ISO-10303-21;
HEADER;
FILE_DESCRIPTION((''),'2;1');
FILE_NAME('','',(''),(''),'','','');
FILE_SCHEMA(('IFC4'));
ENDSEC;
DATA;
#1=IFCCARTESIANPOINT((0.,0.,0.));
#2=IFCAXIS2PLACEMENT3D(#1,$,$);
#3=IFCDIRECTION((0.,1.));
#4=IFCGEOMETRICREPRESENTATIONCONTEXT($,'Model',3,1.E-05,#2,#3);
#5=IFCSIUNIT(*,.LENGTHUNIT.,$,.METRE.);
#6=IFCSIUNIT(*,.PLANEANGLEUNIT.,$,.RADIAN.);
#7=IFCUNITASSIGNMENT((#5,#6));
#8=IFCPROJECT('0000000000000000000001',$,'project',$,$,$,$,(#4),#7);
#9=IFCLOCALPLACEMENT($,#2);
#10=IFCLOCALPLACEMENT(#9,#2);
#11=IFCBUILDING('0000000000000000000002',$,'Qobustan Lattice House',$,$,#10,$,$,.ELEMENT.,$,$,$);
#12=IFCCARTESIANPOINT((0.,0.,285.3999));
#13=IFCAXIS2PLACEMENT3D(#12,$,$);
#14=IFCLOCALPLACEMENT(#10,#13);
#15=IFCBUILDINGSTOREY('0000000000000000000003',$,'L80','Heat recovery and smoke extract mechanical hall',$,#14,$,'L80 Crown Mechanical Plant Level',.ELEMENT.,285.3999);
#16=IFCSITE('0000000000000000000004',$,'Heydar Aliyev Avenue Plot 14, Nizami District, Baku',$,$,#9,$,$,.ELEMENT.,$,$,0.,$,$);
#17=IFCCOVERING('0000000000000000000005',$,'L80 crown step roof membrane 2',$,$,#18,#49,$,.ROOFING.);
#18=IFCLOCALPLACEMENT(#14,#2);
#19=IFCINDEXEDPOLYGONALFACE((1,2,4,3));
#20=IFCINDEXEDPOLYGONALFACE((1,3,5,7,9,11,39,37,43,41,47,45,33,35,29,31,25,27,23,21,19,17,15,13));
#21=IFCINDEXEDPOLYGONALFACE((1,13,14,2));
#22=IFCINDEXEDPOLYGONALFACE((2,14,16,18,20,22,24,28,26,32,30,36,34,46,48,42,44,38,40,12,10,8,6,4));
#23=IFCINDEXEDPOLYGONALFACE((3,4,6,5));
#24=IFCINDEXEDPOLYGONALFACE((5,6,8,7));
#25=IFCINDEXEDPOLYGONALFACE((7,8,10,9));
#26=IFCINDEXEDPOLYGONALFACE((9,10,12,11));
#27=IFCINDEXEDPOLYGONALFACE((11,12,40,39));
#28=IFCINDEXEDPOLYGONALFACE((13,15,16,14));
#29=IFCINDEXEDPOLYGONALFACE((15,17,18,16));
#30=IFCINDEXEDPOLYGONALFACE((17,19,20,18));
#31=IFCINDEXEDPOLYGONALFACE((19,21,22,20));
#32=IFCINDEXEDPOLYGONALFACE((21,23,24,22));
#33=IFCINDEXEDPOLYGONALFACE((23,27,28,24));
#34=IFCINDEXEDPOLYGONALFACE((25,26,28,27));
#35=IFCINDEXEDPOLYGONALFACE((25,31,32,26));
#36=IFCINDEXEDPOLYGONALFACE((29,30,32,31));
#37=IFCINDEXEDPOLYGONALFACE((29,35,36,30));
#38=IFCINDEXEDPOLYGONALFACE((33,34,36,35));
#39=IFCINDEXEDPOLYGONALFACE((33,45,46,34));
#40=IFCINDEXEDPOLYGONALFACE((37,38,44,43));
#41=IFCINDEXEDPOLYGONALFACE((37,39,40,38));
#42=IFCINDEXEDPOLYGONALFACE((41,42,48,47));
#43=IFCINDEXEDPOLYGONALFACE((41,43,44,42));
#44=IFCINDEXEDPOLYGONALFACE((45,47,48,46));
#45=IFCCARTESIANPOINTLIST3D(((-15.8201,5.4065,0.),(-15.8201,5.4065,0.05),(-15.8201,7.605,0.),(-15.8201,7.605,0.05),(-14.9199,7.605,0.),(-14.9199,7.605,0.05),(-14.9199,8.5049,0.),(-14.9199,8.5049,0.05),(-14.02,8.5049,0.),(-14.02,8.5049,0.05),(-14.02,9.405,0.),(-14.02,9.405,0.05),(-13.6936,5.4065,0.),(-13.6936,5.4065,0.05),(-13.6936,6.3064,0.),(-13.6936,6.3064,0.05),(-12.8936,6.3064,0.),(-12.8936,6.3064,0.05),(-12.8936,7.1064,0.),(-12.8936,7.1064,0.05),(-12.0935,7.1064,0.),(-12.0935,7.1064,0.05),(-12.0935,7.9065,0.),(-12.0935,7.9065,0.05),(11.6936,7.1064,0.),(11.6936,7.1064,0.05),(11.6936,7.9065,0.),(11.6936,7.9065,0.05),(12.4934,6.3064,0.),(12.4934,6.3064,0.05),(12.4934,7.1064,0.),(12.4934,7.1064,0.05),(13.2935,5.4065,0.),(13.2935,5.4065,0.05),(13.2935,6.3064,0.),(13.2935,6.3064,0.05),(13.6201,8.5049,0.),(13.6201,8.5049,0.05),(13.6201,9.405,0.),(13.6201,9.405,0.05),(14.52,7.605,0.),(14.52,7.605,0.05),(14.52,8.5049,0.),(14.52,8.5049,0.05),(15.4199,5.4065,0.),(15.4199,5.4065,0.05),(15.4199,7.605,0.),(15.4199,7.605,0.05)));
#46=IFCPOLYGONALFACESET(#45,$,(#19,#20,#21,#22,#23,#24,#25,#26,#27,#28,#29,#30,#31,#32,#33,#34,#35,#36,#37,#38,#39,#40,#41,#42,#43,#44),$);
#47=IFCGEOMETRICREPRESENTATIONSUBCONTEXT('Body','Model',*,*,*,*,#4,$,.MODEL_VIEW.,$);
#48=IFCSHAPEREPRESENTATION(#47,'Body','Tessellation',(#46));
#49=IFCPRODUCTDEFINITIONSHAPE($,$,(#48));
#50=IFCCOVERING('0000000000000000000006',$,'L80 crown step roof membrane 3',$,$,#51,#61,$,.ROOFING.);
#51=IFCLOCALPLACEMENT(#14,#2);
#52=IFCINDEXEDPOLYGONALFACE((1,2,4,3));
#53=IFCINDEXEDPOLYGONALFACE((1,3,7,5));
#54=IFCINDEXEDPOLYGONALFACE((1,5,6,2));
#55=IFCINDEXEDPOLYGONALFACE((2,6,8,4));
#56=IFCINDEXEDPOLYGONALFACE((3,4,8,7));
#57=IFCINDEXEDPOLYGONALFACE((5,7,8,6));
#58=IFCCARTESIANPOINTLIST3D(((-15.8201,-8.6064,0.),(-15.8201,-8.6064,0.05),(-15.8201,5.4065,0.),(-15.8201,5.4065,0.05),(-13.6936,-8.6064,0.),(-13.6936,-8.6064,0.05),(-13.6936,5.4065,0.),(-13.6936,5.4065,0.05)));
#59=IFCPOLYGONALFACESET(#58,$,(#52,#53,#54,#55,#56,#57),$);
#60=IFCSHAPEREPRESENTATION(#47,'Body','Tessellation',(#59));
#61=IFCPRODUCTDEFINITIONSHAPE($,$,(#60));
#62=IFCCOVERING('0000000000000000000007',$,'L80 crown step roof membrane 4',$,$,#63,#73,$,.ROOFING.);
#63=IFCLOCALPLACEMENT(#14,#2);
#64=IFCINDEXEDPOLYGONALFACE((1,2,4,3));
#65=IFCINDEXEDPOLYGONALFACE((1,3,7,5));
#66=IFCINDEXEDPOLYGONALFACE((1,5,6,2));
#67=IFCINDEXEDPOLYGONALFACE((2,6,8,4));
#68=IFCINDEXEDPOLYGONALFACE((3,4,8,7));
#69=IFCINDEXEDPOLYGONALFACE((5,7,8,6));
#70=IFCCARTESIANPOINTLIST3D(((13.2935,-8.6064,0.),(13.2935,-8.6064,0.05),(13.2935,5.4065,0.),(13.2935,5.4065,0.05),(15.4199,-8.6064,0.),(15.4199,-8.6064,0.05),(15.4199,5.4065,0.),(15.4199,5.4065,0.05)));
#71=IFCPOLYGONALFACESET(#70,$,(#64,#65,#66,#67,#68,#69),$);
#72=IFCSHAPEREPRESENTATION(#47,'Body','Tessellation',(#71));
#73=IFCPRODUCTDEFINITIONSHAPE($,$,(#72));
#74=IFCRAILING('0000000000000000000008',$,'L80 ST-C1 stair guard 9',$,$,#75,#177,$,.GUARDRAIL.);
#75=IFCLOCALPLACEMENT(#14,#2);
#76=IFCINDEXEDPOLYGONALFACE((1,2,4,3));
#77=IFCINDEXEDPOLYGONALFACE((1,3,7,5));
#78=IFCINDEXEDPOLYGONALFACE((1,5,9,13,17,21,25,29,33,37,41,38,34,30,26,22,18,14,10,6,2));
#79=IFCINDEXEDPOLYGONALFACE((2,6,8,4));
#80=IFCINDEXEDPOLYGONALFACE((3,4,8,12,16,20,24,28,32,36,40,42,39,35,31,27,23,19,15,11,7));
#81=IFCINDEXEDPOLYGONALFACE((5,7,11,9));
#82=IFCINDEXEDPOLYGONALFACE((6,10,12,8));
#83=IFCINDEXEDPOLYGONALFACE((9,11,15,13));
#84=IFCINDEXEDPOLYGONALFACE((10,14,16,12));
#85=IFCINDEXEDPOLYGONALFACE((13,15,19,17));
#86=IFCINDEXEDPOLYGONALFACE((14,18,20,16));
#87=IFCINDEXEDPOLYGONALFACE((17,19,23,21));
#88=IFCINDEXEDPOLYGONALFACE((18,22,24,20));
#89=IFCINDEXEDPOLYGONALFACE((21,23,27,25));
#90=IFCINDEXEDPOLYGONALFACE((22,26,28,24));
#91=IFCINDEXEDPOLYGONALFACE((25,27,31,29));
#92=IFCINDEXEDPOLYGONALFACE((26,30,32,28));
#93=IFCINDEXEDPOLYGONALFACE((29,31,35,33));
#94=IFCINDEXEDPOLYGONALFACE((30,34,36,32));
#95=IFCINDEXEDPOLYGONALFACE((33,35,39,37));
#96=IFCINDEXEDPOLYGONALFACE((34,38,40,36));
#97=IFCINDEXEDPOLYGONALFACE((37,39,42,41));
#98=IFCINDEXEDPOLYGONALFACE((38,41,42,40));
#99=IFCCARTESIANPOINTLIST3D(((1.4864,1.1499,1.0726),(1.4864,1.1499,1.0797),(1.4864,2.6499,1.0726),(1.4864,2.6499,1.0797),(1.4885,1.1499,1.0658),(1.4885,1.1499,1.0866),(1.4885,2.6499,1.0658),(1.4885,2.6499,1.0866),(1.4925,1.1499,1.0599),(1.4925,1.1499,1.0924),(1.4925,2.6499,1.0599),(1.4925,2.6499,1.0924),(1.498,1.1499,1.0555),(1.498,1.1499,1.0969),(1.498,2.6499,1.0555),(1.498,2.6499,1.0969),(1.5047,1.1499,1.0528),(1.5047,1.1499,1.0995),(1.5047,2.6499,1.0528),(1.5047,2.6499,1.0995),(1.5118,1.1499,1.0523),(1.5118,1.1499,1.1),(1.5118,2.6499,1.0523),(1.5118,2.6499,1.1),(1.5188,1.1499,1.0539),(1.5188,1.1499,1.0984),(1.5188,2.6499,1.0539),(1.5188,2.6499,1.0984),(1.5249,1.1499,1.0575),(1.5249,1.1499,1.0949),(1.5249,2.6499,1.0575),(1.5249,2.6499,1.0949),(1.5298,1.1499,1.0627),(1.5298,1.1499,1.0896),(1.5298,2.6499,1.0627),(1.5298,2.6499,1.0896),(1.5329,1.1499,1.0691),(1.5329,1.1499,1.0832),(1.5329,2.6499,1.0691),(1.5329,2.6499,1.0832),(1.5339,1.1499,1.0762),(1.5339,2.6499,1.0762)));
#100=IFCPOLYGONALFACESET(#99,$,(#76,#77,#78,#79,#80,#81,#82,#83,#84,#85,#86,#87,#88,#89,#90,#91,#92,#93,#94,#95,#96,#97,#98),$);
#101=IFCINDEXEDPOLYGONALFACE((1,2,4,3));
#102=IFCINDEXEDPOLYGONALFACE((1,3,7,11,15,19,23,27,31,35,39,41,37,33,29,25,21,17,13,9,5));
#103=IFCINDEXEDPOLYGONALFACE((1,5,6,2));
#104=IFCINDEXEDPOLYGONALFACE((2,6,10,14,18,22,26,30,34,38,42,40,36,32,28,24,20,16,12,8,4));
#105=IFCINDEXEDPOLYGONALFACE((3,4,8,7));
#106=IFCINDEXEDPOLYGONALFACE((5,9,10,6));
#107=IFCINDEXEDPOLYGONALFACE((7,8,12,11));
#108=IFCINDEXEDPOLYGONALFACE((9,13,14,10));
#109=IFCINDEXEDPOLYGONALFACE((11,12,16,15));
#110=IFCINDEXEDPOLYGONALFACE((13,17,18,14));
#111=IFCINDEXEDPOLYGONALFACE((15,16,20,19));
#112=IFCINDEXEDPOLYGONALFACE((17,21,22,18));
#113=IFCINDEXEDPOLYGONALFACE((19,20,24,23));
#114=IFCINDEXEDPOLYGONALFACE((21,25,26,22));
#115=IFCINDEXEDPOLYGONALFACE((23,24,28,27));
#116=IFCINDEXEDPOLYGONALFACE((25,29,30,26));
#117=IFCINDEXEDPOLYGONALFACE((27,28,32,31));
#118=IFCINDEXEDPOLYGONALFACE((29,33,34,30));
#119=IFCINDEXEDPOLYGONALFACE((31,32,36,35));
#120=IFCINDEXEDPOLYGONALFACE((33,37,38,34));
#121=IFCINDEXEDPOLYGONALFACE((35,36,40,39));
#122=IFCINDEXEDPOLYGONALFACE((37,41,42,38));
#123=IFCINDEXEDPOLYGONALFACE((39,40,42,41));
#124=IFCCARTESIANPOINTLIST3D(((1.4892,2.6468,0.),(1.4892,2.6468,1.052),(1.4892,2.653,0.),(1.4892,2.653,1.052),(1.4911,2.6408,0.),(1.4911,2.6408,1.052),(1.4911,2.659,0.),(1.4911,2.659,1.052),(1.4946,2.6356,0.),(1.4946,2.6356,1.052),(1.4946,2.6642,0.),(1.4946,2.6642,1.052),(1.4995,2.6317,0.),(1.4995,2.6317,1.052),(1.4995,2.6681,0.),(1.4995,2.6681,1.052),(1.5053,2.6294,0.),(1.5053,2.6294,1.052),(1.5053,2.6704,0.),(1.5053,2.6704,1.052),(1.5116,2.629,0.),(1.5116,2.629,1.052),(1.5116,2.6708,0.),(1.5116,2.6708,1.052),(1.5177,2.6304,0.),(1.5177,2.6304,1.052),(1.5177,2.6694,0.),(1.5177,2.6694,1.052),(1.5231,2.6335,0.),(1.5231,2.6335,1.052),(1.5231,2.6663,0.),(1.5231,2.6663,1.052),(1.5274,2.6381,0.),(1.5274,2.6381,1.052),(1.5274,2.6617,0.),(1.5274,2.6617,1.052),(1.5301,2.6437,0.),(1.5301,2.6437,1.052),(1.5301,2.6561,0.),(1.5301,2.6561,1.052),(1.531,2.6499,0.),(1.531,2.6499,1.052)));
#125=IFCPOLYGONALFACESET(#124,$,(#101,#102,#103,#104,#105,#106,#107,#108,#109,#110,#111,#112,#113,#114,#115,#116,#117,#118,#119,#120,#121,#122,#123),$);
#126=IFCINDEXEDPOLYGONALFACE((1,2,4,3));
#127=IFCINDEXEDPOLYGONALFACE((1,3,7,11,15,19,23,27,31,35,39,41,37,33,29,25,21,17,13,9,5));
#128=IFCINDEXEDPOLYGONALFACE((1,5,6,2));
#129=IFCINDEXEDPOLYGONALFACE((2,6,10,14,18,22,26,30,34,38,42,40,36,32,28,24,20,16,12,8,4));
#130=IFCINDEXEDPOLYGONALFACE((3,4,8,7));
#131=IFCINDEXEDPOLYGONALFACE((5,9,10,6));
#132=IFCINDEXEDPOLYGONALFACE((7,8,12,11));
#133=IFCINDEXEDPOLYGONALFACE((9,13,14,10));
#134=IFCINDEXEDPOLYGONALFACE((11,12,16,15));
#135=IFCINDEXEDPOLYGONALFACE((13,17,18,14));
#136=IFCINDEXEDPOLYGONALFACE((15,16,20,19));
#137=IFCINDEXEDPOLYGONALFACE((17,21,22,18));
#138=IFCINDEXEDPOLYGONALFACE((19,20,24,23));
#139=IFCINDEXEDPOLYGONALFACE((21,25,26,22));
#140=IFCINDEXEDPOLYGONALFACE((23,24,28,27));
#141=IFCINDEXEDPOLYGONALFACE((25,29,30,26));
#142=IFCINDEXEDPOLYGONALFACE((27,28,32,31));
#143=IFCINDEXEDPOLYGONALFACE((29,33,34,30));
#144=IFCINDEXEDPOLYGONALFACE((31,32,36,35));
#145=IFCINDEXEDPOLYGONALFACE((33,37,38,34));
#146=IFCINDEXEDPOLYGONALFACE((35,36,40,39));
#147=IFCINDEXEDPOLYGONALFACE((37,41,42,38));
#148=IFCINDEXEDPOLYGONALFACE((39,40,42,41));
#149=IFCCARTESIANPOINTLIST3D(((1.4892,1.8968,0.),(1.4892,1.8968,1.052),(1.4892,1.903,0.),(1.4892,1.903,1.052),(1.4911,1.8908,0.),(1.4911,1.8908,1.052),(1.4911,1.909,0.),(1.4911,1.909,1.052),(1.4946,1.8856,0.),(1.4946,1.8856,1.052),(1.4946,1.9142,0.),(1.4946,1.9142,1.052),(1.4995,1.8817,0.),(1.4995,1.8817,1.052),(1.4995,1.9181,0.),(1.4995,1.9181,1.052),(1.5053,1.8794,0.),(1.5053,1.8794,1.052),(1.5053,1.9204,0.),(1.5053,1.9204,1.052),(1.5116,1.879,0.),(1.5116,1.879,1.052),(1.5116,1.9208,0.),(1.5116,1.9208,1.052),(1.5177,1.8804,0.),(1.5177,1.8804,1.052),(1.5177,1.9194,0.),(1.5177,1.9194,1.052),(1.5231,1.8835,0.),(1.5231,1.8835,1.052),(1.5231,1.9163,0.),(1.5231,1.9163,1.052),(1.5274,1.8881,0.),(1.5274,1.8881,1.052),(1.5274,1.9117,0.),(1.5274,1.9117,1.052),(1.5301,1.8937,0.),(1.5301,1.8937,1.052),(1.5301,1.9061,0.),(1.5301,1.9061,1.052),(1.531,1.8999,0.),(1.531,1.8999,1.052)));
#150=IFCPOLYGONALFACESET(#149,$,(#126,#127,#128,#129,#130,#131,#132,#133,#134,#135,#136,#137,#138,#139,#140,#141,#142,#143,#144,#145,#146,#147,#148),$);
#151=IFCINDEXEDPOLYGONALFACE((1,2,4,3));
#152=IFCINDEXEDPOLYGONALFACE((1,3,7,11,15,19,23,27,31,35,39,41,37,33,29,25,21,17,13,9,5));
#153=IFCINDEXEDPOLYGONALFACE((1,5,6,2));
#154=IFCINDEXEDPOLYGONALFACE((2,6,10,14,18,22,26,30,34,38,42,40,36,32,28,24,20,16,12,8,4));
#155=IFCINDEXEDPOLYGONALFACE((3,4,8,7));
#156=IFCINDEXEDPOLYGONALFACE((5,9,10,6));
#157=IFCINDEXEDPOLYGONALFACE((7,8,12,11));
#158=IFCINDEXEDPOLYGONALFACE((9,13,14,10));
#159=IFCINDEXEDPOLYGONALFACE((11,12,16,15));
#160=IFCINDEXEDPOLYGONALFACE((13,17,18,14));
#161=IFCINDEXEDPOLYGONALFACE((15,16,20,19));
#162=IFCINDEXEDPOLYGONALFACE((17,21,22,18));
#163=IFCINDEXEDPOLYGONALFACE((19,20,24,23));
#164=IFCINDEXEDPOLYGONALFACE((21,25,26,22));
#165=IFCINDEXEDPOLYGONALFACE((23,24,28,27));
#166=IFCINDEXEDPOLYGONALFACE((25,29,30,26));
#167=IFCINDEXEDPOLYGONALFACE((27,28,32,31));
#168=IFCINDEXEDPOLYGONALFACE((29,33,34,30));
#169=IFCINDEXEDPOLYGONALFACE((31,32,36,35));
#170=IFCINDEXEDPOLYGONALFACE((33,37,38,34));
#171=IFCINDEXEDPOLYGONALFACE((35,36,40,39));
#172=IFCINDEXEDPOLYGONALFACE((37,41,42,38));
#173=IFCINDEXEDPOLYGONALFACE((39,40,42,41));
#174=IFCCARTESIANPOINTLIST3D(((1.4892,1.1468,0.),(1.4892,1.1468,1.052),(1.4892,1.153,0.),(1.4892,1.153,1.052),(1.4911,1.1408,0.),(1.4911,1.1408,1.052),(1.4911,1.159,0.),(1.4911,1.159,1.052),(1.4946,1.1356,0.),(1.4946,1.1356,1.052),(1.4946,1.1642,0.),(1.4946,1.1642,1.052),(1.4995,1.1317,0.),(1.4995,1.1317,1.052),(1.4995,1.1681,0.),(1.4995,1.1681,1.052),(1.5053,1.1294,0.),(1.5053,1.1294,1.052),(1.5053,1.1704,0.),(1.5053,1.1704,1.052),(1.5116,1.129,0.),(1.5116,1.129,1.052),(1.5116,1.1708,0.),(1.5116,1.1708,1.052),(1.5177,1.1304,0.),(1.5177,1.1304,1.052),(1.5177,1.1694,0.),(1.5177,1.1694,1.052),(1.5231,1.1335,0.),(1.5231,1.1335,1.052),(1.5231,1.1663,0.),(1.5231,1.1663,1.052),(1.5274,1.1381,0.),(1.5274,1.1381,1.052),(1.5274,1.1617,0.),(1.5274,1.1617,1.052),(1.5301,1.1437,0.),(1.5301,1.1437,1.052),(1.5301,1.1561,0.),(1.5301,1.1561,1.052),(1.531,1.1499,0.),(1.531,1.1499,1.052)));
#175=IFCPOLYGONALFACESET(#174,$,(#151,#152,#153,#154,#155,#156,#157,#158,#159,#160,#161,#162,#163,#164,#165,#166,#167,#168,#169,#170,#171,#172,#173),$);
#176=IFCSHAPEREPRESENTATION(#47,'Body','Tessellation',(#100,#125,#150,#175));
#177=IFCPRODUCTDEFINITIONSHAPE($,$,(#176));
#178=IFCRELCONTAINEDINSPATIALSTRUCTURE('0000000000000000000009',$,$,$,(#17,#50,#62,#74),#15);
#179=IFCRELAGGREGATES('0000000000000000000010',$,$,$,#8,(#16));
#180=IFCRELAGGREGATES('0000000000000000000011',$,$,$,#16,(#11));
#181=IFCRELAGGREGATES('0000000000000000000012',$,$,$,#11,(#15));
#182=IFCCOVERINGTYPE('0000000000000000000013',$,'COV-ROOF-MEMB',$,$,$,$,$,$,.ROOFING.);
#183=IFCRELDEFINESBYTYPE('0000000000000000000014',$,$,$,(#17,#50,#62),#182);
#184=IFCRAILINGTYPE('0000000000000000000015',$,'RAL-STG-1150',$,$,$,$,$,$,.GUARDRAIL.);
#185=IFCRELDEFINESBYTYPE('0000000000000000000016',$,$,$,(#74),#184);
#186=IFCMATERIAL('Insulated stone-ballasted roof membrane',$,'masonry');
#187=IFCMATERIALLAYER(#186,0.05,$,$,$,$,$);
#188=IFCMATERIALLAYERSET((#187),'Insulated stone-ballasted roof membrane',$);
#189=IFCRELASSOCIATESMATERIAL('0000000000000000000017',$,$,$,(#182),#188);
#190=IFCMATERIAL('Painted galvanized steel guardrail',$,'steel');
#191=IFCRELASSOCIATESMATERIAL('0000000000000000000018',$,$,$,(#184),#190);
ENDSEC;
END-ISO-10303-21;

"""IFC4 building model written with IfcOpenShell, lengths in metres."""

from ifc_helpers import new_model, si_unit, direction, frame, origin, origin_2d, place, context, subcontext, project, spatial, polyline, circle, outline, extrude, material, layer, layer_set, type_object, element, save


model = new_model("IFC4")

# Units and contexts
model_context = context("Model", 3, precision=1e-05, world=origin(), true_north=direction((0.0, 1.0)))
body_context = subcontext(model_context, "Body", "Model", "MODEL_VIEW")
ifc_project = project(units=[si_unit("LENGTHUNIT", "METRE"), si_unit("PLANEANGLEUNIT", "RADIAN")], contexts=[model_context])

# Site, building, storey
site_placement = place(None, origin())
site = spatial("IfcSite", under=ifc_project, at=site_placement, Name="Heydar Aliyev Avenue Plot 14, Nizami District, Baku", CompositionType="ELEMENT", RefElevation=0.0)
building_placement = place(site_placement, origin())
building = spatial("IfcBuilding", under=site, at=building_placement, Name="Qobustan Lattice House", CompositionType="ELEMENT")
storey_placement = place(building_placement, frame((0.0, 0.0, 285.3999)))
storey = spatial("IfcBuildingStorey", under=building, at=storey_placement, Name="L80", Description="Heat recovery and smoke extract mechanical hall", LongName="L80 Crown Mechanical Plant Level", CompositionType="ELEMENT", Elevation=285.3999)

# Coverings
ifc_material_1 = material(Name="Insulated stone-ballasted roof membrane", Category="masonry")
ifc_layer_1 = layer(ifc_material_1, 0.05)
ifc_layer_set_1 = layer_set([ifc_layer_1], Name="Insulated stone-ballasted roof membrane")
covering_type = type_object("IfcCoveringType", Name="COV-ROOF-MEMB", PredefinedType="ROOFING", material=ifc_layer_set_1)
covering_1_placement = place(storey_placement, origin())
element("IfcCovering", 1, at=covering_1_placement, inside=storey, type_object=covering_type, Name="L80 crown step roof membrane 2", PredefinedType="ROOFING", context=body_context, shape_type="SweptSolid", body=[
    extrude(outline(polyline([(-15.8201, 5.4065), (-13.6936, 5.4065), (-13.6936, 6.3064), (-12.8936, 6.3064), (-12.8936, 7.1064), (-12.0935, 7.1064), (-12.0935, 7.9065), (11.6936, 7.9065), (11.6936, 7.1064), (12.4934, 7.1064), (12.4934, 6.3064), (13.2935, 6.3064), (13.2935, 5.4065), (15.4199, 5.4065), (15.4199, 7.605), (14.52, 7.605), (14.52, 8.5049), (13.6201, 8.5049), (13.6201, 9.405), (-14.02, 9.405), (-14.02, 8.5049), (-14.9199, 8.5049), (-14.9199, 7.605), (-15.8201, 7.605), (-15.8201, 5.4065)])), origin(), (0.0, 0.0, 1.0), 0.05),
])
covering_2_placement = place(storey_placement, origin())
element("IfcCovering", 2, at=covering_2_placement, inside=storey, type_object=covering_type, Name="L80 crown step roof membrane 3", PredefinedType="ROOFING", context=body_context, shape_type="SweptSolid", body=[
    extrude(outline(polyline([(-15.8201, -8.6064), (-13.6936, -8.6064), (-13.6936, 5.4065), (-15.8201, 5.4065), (-15.8201, -8.6064)])), origin(), (0.0, 0.0, 1.0), 0.05),
])
covering_3_placement = place(storey_placement, origin())
element("IfcCovering", 3, at=covering_3_placement, inside=storey, type_object=covering_type, Name="L80 crown step roof membrane 4", PredefinedType="ROOFING", context=body_context, shape_type="SweptSolid", body=[
    extrude(outline(polyline([(15.4199, 5.4065), (13.2935, 5.4065), (13.2935, -8.6064), (15.4199, -8.6064), (15.4199, 5.4065)])), origin(), (0.0, 0.0, 1.0), 0.05),
])

# Railing
ifc_material_2 = material(Name="Painted galvanized steel guardrail", Category="steel")
railing_type = type_object("IfcRailingType", Name="RAL-STG-1150", PredefinedType="GUARDRAIL", material=ifc_material_2)
railing_1_placement = place(storey_placement, frame((1.51, 2.6499, 0.0)))
element("IfcRailing", 4, at=railing_1_placement, inside=storey, type_object=railing_type, Name="L80 ST-C1 stair guard 9", PredefinedType="GUARDRAIL", context=body_context, shape_type="SweptSolid", body=[
    extrude(circle(Radius=0.0239, at=origin_2d()), frame((0.0, 0.0, 1.0762), z_axis=(0.0, -1.0, 0.0), x_axis=(1.0, 0.0, 0.0)), (0.0, 0.0, 1.0), 1.5),
    extrude(circle(Radius=0.021, at=origin_2d()), origin(), (0.0, 0.0, 1.0), 1.052),
    extrude(circle(Radius=0.021, at=origin_2d()), frame((0.0, -0.75, 0.0)), (0.0, 0.0, 1.0), 1.052),
    extrude(circle(Radius=0.021, at=origin_2d()), frame((0.0, -1.5, 0.0)), (0.0, 0.0, 1.0), 1.052),
])

save(model, "model.ifc")
